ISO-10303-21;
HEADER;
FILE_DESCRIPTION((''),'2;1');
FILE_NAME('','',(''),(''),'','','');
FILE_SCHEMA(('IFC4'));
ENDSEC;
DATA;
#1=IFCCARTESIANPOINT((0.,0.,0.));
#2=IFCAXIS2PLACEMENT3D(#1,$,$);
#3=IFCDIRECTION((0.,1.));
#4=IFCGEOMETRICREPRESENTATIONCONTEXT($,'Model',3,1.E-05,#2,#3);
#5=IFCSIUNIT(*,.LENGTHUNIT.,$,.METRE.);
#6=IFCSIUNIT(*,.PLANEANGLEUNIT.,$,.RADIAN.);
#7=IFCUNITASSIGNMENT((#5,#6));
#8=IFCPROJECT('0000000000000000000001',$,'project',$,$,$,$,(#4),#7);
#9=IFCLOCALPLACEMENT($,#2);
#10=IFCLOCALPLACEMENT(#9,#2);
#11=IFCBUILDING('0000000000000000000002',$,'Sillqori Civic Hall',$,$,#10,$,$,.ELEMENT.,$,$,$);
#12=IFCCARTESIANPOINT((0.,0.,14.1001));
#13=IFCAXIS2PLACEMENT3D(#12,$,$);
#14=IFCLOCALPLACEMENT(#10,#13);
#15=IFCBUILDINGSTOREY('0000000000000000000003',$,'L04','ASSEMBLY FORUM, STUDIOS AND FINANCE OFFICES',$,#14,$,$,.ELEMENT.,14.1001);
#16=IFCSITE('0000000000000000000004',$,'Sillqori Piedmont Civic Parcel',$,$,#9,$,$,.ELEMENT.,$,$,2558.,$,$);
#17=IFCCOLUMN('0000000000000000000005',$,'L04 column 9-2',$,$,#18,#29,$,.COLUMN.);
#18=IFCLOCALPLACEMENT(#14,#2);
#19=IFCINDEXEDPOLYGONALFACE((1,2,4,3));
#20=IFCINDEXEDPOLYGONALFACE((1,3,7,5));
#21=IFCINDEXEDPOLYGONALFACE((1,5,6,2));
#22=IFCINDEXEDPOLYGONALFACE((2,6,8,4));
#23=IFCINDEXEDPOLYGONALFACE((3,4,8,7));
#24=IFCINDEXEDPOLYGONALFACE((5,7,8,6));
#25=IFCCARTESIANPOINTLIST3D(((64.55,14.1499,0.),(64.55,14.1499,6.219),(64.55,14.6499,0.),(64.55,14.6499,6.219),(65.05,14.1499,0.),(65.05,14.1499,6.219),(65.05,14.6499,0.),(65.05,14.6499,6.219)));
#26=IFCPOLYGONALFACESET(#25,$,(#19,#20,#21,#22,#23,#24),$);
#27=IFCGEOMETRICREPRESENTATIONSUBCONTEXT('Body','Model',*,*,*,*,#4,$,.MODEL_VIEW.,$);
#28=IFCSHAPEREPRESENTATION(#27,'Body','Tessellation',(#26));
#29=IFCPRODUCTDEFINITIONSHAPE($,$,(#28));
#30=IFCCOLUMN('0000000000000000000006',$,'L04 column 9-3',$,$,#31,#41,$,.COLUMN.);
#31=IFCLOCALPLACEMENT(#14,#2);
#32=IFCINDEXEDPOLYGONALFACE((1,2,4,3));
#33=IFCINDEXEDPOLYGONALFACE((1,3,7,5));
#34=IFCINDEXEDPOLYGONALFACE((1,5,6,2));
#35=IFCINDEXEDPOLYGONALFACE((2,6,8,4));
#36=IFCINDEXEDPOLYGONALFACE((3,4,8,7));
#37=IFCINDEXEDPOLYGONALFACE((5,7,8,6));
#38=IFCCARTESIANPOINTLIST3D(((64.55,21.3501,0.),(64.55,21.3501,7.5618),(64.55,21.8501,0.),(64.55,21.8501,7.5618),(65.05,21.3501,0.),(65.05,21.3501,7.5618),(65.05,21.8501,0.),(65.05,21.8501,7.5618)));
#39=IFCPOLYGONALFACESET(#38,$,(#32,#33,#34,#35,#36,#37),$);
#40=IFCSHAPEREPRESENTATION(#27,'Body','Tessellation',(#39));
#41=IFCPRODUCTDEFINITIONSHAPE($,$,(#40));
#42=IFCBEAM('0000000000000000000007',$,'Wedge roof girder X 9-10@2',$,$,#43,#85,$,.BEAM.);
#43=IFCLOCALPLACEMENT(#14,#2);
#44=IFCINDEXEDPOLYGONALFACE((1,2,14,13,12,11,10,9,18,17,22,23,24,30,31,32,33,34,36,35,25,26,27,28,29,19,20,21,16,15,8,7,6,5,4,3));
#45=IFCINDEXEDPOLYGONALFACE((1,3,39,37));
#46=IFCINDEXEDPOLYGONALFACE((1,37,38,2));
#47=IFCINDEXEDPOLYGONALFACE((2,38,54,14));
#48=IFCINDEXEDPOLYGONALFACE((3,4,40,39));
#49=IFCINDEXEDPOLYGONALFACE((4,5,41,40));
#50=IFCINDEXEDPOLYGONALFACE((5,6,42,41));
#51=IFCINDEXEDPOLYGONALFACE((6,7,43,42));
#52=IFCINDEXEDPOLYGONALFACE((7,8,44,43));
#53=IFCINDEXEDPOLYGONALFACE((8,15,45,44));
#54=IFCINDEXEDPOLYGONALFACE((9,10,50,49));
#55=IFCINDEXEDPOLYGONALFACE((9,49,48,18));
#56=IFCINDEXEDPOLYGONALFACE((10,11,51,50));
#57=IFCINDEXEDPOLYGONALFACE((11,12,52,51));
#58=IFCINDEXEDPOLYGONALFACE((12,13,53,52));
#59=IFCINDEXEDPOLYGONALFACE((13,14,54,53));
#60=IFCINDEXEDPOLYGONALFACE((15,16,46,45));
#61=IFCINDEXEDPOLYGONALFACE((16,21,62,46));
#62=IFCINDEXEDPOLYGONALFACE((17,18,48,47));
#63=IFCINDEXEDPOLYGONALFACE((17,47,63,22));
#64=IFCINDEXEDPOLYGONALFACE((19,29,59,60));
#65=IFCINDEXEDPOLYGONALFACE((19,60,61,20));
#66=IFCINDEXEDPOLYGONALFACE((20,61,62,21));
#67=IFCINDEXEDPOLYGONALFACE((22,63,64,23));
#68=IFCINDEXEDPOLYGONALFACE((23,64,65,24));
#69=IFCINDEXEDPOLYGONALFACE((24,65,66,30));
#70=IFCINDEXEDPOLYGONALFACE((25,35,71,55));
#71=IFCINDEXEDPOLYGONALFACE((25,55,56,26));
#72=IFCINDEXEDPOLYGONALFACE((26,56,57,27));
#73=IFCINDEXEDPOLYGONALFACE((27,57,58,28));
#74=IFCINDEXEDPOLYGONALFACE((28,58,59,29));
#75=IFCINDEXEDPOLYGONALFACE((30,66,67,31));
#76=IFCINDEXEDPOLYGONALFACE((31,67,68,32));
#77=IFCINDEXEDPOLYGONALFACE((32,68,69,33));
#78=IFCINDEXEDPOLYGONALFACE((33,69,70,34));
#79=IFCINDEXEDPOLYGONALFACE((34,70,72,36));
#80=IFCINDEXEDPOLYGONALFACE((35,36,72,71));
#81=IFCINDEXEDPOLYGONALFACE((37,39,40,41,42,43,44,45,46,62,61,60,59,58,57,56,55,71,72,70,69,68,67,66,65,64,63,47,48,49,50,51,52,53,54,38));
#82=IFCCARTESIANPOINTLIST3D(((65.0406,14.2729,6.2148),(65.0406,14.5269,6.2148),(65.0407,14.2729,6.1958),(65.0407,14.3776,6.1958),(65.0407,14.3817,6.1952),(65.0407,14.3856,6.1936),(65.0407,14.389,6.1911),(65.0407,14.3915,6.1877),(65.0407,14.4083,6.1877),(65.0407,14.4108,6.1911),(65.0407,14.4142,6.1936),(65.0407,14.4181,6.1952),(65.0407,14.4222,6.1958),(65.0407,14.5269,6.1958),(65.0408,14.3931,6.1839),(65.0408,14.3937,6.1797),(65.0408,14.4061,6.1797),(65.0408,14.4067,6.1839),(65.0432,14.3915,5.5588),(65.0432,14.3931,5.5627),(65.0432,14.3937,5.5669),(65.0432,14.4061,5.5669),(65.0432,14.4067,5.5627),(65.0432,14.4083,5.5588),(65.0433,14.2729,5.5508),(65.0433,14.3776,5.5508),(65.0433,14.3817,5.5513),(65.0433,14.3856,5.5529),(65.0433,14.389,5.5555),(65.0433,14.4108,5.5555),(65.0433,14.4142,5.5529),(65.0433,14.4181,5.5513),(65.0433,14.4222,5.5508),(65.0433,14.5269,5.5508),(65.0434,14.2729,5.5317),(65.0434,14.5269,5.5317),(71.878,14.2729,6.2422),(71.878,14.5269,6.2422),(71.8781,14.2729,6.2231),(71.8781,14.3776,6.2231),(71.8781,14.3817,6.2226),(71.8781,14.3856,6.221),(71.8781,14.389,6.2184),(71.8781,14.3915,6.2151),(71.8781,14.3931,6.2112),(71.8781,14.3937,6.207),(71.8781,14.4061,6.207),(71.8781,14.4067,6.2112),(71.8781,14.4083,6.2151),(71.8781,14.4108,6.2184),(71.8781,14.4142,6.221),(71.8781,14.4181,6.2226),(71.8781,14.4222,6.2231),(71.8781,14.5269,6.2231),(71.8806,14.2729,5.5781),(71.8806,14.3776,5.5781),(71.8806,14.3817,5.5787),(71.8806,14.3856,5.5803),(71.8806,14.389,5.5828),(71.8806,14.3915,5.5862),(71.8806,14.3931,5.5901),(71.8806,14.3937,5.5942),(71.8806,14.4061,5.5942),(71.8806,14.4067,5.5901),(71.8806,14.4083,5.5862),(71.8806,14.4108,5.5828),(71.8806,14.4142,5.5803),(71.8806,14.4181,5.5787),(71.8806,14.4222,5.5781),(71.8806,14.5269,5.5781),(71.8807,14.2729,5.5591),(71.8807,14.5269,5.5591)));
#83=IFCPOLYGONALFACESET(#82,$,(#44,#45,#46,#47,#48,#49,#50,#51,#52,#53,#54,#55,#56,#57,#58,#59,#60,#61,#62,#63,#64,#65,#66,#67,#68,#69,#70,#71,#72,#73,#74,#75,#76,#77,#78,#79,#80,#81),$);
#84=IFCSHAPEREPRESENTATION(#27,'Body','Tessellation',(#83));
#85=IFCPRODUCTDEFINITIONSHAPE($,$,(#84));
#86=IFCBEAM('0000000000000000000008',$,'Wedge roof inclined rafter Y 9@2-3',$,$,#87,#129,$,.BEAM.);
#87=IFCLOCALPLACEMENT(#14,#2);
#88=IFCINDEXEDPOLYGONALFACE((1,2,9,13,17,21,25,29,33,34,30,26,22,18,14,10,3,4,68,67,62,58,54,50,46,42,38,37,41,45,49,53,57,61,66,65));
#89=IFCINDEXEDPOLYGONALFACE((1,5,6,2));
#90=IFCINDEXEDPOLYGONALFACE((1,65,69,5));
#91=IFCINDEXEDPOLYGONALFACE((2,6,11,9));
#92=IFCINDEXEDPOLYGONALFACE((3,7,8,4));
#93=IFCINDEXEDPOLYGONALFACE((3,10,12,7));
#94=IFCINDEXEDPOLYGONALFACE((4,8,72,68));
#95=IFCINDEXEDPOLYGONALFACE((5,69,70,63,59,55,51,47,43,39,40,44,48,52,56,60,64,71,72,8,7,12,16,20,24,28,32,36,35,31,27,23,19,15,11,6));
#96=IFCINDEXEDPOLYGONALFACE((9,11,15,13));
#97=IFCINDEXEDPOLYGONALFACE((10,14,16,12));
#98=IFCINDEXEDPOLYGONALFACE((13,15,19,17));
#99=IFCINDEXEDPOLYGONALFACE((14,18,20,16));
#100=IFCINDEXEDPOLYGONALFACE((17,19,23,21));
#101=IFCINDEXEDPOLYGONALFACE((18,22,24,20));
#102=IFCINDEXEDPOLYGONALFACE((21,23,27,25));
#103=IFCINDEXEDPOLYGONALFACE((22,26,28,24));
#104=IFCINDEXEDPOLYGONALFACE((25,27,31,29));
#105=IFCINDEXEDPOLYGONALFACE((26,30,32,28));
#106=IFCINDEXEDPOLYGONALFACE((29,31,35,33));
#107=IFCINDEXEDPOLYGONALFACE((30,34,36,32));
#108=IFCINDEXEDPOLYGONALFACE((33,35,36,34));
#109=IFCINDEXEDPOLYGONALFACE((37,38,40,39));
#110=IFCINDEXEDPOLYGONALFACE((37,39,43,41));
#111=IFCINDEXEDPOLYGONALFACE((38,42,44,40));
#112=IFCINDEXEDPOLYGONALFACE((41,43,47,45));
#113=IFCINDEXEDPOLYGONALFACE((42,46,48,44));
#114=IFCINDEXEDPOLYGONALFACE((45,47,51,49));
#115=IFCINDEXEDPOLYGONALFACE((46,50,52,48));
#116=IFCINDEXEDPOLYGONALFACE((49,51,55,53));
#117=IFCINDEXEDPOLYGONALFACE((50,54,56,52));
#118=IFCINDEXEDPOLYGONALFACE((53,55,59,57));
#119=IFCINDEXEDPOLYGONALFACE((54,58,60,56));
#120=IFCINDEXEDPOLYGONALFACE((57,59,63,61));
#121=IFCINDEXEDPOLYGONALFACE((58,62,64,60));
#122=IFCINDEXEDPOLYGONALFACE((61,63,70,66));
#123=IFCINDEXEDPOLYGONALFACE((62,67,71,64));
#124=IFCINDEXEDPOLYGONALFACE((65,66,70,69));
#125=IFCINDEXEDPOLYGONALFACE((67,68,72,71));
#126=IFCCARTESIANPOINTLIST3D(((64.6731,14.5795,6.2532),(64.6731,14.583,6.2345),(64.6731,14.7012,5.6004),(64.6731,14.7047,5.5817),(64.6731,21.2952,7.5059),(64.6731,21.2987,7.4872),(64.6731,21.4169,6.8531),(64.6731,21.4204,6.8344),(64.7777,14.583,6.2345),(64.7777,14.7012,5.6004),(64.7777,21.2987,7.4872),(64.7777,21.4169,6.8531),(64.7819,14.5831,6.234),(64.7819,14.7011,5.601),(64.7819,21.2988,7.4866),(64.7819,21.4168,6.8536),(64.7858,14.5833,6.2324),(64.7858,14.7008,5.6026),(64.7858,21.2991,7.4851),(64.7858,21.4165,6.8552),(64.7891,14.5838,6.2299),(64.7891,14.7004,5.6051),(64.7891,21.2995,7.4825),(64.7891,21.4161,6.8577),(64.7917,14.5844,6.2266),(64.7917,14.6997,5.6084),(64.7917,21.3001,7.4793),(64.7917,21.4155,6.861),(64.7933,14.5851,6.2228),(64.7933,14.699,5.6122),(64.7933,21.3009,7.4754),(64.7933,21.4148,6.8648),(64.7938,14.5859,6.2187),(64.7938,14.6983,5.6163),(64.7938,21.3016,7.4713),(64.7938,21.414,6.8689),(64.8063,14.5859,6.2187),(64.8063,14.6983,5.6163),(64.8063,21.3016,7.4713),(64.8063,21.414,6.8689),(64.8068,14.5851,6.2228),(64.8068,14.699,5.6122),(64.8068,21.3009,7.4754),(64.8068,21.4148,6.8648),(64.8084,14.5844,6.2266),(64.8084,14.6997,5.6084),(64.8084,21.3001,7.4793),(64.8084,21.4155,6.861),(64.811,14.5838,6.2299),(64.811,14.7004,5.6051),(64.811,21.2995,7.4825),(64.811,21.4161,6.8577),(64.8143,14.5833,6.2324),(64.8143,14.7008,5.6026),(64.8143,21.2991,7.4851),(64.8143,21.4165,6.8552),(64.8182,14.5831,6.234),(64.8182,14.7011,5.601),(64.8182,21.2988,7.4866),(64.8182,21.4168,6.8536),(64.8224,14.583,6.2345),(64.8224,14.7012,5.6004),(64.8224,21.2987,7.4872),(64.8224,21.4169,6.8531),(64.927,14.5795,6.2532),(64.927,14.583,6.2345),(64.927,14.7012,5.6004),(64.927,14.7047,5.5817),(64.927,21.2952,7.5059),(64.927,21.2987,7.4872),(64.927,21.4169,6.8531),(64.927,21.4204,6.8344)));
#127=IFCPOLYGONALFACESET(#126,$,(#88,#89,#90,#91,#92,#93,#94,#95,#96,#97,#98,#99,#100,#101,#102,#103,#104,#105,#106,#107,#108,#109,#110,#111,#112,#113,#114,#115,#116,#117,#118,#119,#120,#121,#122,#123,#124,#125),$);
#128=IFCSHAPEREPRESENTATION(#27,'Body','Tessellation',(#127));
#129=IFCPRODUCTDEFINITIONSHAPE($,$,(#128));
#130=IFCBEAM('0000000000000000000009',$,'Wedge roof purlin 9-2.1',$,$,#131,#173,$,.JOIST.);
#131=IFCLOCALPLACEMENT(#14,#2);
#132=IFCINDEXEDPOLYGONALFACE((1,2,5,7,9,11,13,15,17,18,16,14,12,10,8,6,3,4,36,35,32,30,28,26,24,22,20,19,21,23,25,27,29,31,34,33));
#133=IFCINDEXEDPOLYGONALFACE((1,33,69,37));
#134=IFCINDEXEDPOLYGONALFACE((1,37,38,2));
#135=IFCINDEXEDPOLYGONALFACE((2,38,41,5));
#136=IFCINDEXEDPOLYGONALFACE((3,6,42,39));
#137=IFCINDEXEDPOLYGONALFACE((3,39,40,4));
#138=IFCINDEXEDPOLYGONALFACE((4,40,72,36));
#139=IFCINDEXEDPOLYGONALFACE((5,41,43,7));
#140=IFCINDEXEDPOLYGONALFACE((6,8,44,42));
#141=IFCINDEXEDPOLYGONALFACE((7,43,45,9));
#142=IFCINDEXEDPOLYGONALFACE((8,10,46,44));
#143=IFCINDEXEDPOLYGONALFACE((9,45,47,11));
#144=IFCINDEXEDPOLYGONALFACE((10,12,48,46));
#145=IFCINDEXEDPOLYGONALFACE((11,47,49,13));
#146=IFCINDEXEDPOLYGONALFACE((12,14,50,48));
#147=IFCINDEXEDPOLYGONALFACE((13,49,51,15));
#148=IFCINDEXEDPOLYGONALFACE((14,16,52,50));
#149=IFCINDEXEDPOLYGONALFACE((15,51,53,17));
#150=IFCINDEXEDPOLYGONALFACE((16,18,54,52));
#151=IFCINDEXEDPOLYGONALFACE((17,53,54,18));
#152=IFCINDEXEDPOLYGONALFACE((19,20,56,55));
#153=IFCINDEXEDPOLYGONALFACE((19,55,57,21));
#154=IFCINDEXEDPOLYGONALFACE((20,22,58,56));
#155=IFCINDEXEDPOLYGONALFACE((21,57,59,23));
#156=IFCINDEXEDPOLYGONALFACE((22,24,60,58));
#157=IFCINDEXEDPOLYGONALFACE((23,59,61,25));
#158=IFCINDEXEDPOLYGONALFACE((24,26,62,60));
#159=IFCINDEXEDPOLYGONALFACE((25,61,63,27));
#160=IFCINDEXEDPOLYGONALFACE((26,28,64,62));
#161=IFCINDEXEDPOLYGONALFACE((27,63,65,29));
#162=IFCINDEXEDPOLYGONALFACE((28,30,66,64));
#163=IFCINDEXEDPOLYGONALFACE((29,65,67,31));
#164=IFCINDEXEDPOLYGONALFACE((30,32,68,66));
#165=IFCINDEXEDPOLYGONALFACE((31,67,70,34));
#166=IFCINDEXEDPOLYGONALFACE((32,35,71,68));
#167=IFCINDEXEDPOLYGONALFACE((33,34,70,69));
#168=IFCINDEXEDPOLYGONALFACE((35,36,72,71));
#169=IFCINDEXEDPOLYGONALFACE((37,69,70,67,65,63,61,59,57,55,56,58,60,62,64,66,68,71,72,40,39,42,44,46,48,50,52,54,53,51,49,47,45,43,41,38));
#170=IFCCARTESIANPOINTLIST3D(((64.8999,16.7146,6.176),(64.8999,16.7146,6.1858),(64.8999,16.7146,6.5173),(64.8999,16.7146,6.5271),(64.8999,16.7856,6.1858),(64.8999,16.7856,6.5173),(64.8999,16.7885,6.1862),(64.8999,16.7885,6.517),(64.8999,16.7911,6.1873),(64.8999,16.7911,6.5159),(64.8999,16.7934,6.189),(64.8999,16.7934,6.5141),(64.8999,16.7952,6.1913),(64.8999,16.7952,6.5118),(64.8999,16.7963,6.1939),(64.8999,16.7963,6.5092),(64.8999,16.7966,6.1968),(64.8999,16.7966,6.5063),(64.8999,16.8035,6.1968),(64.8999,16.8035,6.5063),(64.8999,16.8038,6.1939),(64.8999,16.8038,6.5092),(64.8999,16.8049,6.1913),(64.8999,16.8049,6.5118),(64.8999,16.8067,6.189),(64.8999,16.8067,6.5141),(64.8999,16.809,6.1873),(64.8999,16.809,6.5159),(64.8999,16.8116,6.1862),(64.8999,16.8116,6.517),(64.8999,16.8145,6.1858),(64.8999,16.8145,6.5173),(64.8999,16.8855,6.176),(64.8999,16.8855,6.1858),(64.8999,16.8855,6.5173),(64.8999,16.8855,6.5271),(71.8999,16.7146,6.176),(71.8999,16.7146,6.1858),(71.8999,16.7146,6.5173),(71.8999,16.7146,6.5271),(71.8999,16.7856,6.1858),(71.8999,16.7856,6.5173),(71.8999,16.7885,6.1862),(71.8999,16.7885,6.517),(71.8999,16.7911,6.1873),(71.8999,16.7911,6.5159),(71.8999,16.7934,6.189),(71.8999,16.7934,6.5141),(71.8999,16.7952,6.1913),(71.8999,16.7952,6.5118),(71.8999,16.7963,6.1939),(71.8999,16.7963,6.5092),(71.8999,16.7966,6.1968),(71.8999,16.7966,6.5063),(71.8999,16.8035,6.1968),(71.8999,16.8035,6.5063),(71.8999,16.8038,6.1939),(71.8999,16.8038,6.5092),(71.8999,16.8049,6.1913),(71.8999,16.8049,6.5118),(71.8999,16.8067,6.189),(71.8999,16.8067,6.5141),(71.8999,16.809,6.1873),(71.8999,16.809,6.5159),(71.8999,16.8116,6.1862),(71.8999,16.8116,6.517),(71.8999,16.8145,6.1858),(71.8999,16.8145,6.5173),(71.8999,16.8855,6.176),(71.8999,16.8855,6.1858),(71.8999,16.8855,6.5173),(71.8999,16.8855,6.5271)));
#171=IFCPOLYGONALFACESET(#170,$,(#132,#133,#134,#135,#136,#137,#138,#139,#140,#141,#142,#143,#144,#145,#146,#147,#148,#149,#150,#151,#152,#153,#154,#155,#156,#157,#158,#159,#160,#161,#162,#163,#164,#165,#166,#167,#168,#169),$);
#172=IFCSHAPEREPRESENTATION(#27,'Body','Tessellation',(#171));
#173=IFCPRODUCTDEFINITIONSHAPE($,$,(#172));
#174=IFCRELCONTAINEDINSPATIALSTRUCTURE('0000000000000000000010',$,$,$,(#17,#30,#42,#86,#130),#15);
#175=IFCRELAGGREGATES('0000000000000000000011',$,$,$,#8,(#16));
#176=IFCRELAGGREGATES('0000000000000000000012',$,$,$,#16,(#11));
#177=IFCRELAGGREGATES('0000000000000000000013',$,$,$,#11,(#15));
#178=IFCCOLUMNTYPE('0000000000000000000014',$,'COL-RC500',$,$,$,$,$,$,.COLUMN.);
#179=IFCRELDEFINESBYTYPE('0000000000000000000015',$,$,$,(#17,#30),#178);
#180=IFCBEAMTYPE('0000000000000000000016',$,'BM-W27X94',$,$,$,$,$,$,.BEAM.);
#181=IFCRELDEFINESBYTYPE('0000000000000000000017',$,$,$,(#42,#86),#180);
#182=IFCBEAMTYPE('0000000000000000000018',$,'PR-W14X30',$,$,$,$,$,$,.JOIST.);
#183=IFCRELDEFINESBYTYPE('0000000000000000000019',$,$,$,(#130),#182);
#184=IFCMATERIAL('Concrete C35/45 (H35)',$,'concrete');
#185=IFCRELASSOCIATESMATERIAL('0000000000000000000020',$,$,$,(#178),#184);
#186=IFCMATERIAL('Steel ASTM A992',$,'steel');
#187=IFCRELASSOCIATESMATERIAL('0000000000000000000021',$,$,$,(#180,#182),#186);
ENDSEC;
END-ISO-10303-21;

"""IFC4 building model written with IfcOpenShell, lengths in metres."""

from ifc_helpers import new_model, si_unit, direction, frame, origin, origin_2d, place, context, subcontext, project, spatial, rectangle, i_section, extrude, material, material_profile, profile_set, type_object, element, save


model = new_model("IFC4")

# Units and contexts
model_context = context("Model", 3, precision=1e-05, world=origin(), true_north=direction((0.0, 1.0)))
body_context = subcontext(model_context, "Body", "Model", "MODEL_VIEW")
ifc_project = project(units=[si_unit("LENGTHUNIT", "METRE"), si_unit("PLANEANGLEUNIT", "RADIAN")], contexts=[model_context])

# Site, building, storey
site_placement = place(None, origin())
site = spatial("IfcSite", under=ifc_project, at=site_placement, Name="Sillqori Piedmont Civic Parcel", CompositionType="ELEMENT", RefElevation=2558.0)
building_placement = place(site_placement, origin())
building = spatial("IfcBuilding", under=site, at=building_placement, Name="Sillqori Civic Hall", CompositionType="ELEMENT")
storey_placement = place(building_placement, frame((0.0, 0.0, 14.1001)))
storey = spatial("IfcBuildingStorey", under=building, at=storey_placement, Name="L04", Description="ASSEMBLY FORUM, STUDIOS AND FINANCE OFFICES", CompositionType="ELEMENT", Elevation=14.1001)

# Columns
ifc_material_1 = material(Name="Concrete C35/45 (H35)", Category="concrete")
ifc_material_profile_1 = material_profile(ifc_material_1, rectangle(XDim=0.5, YDim=0.5, at=origin_2d()), Name="RC 500x500")
ifc_profile_set_1 = profile_set([ifc_material_profile_1], Name="Concrete C35/45 (H35)")
column_type = type_object("IfcColumnType", Name="COL-RC500", PredefinedType="COLUMN", material=ifc_profile_set_1)
column_1_placement = place(storey_placement, frame((64.8, 14.3999, 0.0), z_axis=(0.0, 0.0, 1.0), x_axis=(1.0, 0.0, 0.0)))
element("IfcColumn", 1, at=column_1_placement, inside=storey, type_object=column_type, Name="L04 column 9-2", PredefinedType="COLUMN", context=body_context, shape_type="SweptSolid", body=[
    extrude(rectangle(XDim=0.5, YDim=0.5, at=origin_2d()), origin(), (0.0, 0.0, 1.0), 6.219),
])
column_2_placement = place(storey_placement, frame((64.8, 21.6001, 0.0), z_axis=(0.0, 0.0, 1.0), x_axis=(1.0, 0.0, 0.0)))
element("IfcColumn", 2, at=column_2_placement, inside=storey, type_object=column_type, Name="L04 column 9-3", PredefinedType="COLUMN", context=body_context, shape_type="SweptSolid", body=[
    extrude(rectangle(XDim=0.5, YDim=0.5, at=origin_2d()), origin(), (0.0, 0.0, 1.0), 7.5618),
])

# Beams
ifc_material_2 = material(Name="Steel ASTM A992", Category="steel")
ifc_material_profile_2 = material_profile(ifc_material_2, i_section(OverallWidth=0.2539, OverallDepth=0.6831, WebThickness=0.0125, FlangeThickness=0.019, FilletRadius=0.0161, at=origin_2d()), Name="W27X94")
ifc_profile_set_2 = profile_set([ifc_material_profile_2], Name="Steel ASTM A992")
beam_type_1 = type_object("IfcBeamType", Name="BM-W27X94", PredefinedType="BEAM", material=ifc_profile_set_2)
beam_1_placement = place(storey_placement, frame((65.042, 14.3999, 5.8733), z_axis=(0.999992, 0.0, 0.003999), x_axis=(0.0, 1.0, 0.0)))
element("IfcBeam", 3, at=beam_1_placement, inside=storey, type_object=beam_type_1, Name="Wedge roof girder X 9-10@2", PredefinedType="BEAM", context=body_context, shape_type="SweptSolid", body=[
    extrude(i_section(OverallWidth=0.2539, OverallDepth=0.6831, WebThickness=0.0125, FlangeThickness=0.019, FilletRadius=0.0161, at=origin_2d()), origin(), (0.0, 0.0, 1.0), 6.8374),
])
beam_2_placement = place(storey_placement, frame((64.8, 14.6421, 5.9175), z_axis=(0.0, 0.983045, 0.183365), x_axis=(-1.0, 0.0, 0.0)))
element("IfcBeam", 4, at=beam_2_placement, inside=storey, type_object=beam_type_1, Name="Wedge roof inclined rafter Y 9@2-3", PredefinedType="BEAM", context=body_context, shape_type="SweptSolid", body=[
    extrude(i_section(OverallWidth=0.2539, OverallDepth=0.6831, WebThickness=0.0125, FlangeThickness=0.019, FilletRadius=0.0161, at=origin_2d()), origin(), (0.0, 0.0, 1.0), 6.8315),
])
ifc_material_profile_3 = material_profile(ifc_material_2, i_section(OverallWidth=0.1709, OverallDepth=0.3511, WebThickness=0.0068, FlangeThickness=0.0098, FilletRadius=0.011, at=origin_2d()), Name="W14X30")
ifc_profile_set_3 = profile_set([ifc_material_profile_3], Name="Steel ASTM A992")
beam_type_2 = type_object("IfcBeamType", Name="PR-W14X30", PredefinedType="JOIST", material=ifc_profile_set_3)
for number, where, z_axis, x_axis, name in (
    (5, (64.8999, 16.8, 6.3516), (1.0, 0.0, 0.0), (0.0, 1.0, 0.0), "Wedge roof purlin 9-2.1"),
):
    element("IfcBeam", number, at=place(storey_placement, frame(where, z_axis=z_axis, x_axis=x_axis)), inside=storey, type_object=beam_type_2, Name=name, PredefinedType="JOIST", context=body_context, shape_type="SweptSolid", body=[
        extrude(i_section(OverallWidth=0.1709, OverallDepth=0.3511, WebThickness=0.0068, FlangeThickness=0.0098, FilletRadius=0.011, at=origin_2d()), origin(), (0.0, 0.0, 1.0), 7.0),
    ])

save(model, "model.ifc")
